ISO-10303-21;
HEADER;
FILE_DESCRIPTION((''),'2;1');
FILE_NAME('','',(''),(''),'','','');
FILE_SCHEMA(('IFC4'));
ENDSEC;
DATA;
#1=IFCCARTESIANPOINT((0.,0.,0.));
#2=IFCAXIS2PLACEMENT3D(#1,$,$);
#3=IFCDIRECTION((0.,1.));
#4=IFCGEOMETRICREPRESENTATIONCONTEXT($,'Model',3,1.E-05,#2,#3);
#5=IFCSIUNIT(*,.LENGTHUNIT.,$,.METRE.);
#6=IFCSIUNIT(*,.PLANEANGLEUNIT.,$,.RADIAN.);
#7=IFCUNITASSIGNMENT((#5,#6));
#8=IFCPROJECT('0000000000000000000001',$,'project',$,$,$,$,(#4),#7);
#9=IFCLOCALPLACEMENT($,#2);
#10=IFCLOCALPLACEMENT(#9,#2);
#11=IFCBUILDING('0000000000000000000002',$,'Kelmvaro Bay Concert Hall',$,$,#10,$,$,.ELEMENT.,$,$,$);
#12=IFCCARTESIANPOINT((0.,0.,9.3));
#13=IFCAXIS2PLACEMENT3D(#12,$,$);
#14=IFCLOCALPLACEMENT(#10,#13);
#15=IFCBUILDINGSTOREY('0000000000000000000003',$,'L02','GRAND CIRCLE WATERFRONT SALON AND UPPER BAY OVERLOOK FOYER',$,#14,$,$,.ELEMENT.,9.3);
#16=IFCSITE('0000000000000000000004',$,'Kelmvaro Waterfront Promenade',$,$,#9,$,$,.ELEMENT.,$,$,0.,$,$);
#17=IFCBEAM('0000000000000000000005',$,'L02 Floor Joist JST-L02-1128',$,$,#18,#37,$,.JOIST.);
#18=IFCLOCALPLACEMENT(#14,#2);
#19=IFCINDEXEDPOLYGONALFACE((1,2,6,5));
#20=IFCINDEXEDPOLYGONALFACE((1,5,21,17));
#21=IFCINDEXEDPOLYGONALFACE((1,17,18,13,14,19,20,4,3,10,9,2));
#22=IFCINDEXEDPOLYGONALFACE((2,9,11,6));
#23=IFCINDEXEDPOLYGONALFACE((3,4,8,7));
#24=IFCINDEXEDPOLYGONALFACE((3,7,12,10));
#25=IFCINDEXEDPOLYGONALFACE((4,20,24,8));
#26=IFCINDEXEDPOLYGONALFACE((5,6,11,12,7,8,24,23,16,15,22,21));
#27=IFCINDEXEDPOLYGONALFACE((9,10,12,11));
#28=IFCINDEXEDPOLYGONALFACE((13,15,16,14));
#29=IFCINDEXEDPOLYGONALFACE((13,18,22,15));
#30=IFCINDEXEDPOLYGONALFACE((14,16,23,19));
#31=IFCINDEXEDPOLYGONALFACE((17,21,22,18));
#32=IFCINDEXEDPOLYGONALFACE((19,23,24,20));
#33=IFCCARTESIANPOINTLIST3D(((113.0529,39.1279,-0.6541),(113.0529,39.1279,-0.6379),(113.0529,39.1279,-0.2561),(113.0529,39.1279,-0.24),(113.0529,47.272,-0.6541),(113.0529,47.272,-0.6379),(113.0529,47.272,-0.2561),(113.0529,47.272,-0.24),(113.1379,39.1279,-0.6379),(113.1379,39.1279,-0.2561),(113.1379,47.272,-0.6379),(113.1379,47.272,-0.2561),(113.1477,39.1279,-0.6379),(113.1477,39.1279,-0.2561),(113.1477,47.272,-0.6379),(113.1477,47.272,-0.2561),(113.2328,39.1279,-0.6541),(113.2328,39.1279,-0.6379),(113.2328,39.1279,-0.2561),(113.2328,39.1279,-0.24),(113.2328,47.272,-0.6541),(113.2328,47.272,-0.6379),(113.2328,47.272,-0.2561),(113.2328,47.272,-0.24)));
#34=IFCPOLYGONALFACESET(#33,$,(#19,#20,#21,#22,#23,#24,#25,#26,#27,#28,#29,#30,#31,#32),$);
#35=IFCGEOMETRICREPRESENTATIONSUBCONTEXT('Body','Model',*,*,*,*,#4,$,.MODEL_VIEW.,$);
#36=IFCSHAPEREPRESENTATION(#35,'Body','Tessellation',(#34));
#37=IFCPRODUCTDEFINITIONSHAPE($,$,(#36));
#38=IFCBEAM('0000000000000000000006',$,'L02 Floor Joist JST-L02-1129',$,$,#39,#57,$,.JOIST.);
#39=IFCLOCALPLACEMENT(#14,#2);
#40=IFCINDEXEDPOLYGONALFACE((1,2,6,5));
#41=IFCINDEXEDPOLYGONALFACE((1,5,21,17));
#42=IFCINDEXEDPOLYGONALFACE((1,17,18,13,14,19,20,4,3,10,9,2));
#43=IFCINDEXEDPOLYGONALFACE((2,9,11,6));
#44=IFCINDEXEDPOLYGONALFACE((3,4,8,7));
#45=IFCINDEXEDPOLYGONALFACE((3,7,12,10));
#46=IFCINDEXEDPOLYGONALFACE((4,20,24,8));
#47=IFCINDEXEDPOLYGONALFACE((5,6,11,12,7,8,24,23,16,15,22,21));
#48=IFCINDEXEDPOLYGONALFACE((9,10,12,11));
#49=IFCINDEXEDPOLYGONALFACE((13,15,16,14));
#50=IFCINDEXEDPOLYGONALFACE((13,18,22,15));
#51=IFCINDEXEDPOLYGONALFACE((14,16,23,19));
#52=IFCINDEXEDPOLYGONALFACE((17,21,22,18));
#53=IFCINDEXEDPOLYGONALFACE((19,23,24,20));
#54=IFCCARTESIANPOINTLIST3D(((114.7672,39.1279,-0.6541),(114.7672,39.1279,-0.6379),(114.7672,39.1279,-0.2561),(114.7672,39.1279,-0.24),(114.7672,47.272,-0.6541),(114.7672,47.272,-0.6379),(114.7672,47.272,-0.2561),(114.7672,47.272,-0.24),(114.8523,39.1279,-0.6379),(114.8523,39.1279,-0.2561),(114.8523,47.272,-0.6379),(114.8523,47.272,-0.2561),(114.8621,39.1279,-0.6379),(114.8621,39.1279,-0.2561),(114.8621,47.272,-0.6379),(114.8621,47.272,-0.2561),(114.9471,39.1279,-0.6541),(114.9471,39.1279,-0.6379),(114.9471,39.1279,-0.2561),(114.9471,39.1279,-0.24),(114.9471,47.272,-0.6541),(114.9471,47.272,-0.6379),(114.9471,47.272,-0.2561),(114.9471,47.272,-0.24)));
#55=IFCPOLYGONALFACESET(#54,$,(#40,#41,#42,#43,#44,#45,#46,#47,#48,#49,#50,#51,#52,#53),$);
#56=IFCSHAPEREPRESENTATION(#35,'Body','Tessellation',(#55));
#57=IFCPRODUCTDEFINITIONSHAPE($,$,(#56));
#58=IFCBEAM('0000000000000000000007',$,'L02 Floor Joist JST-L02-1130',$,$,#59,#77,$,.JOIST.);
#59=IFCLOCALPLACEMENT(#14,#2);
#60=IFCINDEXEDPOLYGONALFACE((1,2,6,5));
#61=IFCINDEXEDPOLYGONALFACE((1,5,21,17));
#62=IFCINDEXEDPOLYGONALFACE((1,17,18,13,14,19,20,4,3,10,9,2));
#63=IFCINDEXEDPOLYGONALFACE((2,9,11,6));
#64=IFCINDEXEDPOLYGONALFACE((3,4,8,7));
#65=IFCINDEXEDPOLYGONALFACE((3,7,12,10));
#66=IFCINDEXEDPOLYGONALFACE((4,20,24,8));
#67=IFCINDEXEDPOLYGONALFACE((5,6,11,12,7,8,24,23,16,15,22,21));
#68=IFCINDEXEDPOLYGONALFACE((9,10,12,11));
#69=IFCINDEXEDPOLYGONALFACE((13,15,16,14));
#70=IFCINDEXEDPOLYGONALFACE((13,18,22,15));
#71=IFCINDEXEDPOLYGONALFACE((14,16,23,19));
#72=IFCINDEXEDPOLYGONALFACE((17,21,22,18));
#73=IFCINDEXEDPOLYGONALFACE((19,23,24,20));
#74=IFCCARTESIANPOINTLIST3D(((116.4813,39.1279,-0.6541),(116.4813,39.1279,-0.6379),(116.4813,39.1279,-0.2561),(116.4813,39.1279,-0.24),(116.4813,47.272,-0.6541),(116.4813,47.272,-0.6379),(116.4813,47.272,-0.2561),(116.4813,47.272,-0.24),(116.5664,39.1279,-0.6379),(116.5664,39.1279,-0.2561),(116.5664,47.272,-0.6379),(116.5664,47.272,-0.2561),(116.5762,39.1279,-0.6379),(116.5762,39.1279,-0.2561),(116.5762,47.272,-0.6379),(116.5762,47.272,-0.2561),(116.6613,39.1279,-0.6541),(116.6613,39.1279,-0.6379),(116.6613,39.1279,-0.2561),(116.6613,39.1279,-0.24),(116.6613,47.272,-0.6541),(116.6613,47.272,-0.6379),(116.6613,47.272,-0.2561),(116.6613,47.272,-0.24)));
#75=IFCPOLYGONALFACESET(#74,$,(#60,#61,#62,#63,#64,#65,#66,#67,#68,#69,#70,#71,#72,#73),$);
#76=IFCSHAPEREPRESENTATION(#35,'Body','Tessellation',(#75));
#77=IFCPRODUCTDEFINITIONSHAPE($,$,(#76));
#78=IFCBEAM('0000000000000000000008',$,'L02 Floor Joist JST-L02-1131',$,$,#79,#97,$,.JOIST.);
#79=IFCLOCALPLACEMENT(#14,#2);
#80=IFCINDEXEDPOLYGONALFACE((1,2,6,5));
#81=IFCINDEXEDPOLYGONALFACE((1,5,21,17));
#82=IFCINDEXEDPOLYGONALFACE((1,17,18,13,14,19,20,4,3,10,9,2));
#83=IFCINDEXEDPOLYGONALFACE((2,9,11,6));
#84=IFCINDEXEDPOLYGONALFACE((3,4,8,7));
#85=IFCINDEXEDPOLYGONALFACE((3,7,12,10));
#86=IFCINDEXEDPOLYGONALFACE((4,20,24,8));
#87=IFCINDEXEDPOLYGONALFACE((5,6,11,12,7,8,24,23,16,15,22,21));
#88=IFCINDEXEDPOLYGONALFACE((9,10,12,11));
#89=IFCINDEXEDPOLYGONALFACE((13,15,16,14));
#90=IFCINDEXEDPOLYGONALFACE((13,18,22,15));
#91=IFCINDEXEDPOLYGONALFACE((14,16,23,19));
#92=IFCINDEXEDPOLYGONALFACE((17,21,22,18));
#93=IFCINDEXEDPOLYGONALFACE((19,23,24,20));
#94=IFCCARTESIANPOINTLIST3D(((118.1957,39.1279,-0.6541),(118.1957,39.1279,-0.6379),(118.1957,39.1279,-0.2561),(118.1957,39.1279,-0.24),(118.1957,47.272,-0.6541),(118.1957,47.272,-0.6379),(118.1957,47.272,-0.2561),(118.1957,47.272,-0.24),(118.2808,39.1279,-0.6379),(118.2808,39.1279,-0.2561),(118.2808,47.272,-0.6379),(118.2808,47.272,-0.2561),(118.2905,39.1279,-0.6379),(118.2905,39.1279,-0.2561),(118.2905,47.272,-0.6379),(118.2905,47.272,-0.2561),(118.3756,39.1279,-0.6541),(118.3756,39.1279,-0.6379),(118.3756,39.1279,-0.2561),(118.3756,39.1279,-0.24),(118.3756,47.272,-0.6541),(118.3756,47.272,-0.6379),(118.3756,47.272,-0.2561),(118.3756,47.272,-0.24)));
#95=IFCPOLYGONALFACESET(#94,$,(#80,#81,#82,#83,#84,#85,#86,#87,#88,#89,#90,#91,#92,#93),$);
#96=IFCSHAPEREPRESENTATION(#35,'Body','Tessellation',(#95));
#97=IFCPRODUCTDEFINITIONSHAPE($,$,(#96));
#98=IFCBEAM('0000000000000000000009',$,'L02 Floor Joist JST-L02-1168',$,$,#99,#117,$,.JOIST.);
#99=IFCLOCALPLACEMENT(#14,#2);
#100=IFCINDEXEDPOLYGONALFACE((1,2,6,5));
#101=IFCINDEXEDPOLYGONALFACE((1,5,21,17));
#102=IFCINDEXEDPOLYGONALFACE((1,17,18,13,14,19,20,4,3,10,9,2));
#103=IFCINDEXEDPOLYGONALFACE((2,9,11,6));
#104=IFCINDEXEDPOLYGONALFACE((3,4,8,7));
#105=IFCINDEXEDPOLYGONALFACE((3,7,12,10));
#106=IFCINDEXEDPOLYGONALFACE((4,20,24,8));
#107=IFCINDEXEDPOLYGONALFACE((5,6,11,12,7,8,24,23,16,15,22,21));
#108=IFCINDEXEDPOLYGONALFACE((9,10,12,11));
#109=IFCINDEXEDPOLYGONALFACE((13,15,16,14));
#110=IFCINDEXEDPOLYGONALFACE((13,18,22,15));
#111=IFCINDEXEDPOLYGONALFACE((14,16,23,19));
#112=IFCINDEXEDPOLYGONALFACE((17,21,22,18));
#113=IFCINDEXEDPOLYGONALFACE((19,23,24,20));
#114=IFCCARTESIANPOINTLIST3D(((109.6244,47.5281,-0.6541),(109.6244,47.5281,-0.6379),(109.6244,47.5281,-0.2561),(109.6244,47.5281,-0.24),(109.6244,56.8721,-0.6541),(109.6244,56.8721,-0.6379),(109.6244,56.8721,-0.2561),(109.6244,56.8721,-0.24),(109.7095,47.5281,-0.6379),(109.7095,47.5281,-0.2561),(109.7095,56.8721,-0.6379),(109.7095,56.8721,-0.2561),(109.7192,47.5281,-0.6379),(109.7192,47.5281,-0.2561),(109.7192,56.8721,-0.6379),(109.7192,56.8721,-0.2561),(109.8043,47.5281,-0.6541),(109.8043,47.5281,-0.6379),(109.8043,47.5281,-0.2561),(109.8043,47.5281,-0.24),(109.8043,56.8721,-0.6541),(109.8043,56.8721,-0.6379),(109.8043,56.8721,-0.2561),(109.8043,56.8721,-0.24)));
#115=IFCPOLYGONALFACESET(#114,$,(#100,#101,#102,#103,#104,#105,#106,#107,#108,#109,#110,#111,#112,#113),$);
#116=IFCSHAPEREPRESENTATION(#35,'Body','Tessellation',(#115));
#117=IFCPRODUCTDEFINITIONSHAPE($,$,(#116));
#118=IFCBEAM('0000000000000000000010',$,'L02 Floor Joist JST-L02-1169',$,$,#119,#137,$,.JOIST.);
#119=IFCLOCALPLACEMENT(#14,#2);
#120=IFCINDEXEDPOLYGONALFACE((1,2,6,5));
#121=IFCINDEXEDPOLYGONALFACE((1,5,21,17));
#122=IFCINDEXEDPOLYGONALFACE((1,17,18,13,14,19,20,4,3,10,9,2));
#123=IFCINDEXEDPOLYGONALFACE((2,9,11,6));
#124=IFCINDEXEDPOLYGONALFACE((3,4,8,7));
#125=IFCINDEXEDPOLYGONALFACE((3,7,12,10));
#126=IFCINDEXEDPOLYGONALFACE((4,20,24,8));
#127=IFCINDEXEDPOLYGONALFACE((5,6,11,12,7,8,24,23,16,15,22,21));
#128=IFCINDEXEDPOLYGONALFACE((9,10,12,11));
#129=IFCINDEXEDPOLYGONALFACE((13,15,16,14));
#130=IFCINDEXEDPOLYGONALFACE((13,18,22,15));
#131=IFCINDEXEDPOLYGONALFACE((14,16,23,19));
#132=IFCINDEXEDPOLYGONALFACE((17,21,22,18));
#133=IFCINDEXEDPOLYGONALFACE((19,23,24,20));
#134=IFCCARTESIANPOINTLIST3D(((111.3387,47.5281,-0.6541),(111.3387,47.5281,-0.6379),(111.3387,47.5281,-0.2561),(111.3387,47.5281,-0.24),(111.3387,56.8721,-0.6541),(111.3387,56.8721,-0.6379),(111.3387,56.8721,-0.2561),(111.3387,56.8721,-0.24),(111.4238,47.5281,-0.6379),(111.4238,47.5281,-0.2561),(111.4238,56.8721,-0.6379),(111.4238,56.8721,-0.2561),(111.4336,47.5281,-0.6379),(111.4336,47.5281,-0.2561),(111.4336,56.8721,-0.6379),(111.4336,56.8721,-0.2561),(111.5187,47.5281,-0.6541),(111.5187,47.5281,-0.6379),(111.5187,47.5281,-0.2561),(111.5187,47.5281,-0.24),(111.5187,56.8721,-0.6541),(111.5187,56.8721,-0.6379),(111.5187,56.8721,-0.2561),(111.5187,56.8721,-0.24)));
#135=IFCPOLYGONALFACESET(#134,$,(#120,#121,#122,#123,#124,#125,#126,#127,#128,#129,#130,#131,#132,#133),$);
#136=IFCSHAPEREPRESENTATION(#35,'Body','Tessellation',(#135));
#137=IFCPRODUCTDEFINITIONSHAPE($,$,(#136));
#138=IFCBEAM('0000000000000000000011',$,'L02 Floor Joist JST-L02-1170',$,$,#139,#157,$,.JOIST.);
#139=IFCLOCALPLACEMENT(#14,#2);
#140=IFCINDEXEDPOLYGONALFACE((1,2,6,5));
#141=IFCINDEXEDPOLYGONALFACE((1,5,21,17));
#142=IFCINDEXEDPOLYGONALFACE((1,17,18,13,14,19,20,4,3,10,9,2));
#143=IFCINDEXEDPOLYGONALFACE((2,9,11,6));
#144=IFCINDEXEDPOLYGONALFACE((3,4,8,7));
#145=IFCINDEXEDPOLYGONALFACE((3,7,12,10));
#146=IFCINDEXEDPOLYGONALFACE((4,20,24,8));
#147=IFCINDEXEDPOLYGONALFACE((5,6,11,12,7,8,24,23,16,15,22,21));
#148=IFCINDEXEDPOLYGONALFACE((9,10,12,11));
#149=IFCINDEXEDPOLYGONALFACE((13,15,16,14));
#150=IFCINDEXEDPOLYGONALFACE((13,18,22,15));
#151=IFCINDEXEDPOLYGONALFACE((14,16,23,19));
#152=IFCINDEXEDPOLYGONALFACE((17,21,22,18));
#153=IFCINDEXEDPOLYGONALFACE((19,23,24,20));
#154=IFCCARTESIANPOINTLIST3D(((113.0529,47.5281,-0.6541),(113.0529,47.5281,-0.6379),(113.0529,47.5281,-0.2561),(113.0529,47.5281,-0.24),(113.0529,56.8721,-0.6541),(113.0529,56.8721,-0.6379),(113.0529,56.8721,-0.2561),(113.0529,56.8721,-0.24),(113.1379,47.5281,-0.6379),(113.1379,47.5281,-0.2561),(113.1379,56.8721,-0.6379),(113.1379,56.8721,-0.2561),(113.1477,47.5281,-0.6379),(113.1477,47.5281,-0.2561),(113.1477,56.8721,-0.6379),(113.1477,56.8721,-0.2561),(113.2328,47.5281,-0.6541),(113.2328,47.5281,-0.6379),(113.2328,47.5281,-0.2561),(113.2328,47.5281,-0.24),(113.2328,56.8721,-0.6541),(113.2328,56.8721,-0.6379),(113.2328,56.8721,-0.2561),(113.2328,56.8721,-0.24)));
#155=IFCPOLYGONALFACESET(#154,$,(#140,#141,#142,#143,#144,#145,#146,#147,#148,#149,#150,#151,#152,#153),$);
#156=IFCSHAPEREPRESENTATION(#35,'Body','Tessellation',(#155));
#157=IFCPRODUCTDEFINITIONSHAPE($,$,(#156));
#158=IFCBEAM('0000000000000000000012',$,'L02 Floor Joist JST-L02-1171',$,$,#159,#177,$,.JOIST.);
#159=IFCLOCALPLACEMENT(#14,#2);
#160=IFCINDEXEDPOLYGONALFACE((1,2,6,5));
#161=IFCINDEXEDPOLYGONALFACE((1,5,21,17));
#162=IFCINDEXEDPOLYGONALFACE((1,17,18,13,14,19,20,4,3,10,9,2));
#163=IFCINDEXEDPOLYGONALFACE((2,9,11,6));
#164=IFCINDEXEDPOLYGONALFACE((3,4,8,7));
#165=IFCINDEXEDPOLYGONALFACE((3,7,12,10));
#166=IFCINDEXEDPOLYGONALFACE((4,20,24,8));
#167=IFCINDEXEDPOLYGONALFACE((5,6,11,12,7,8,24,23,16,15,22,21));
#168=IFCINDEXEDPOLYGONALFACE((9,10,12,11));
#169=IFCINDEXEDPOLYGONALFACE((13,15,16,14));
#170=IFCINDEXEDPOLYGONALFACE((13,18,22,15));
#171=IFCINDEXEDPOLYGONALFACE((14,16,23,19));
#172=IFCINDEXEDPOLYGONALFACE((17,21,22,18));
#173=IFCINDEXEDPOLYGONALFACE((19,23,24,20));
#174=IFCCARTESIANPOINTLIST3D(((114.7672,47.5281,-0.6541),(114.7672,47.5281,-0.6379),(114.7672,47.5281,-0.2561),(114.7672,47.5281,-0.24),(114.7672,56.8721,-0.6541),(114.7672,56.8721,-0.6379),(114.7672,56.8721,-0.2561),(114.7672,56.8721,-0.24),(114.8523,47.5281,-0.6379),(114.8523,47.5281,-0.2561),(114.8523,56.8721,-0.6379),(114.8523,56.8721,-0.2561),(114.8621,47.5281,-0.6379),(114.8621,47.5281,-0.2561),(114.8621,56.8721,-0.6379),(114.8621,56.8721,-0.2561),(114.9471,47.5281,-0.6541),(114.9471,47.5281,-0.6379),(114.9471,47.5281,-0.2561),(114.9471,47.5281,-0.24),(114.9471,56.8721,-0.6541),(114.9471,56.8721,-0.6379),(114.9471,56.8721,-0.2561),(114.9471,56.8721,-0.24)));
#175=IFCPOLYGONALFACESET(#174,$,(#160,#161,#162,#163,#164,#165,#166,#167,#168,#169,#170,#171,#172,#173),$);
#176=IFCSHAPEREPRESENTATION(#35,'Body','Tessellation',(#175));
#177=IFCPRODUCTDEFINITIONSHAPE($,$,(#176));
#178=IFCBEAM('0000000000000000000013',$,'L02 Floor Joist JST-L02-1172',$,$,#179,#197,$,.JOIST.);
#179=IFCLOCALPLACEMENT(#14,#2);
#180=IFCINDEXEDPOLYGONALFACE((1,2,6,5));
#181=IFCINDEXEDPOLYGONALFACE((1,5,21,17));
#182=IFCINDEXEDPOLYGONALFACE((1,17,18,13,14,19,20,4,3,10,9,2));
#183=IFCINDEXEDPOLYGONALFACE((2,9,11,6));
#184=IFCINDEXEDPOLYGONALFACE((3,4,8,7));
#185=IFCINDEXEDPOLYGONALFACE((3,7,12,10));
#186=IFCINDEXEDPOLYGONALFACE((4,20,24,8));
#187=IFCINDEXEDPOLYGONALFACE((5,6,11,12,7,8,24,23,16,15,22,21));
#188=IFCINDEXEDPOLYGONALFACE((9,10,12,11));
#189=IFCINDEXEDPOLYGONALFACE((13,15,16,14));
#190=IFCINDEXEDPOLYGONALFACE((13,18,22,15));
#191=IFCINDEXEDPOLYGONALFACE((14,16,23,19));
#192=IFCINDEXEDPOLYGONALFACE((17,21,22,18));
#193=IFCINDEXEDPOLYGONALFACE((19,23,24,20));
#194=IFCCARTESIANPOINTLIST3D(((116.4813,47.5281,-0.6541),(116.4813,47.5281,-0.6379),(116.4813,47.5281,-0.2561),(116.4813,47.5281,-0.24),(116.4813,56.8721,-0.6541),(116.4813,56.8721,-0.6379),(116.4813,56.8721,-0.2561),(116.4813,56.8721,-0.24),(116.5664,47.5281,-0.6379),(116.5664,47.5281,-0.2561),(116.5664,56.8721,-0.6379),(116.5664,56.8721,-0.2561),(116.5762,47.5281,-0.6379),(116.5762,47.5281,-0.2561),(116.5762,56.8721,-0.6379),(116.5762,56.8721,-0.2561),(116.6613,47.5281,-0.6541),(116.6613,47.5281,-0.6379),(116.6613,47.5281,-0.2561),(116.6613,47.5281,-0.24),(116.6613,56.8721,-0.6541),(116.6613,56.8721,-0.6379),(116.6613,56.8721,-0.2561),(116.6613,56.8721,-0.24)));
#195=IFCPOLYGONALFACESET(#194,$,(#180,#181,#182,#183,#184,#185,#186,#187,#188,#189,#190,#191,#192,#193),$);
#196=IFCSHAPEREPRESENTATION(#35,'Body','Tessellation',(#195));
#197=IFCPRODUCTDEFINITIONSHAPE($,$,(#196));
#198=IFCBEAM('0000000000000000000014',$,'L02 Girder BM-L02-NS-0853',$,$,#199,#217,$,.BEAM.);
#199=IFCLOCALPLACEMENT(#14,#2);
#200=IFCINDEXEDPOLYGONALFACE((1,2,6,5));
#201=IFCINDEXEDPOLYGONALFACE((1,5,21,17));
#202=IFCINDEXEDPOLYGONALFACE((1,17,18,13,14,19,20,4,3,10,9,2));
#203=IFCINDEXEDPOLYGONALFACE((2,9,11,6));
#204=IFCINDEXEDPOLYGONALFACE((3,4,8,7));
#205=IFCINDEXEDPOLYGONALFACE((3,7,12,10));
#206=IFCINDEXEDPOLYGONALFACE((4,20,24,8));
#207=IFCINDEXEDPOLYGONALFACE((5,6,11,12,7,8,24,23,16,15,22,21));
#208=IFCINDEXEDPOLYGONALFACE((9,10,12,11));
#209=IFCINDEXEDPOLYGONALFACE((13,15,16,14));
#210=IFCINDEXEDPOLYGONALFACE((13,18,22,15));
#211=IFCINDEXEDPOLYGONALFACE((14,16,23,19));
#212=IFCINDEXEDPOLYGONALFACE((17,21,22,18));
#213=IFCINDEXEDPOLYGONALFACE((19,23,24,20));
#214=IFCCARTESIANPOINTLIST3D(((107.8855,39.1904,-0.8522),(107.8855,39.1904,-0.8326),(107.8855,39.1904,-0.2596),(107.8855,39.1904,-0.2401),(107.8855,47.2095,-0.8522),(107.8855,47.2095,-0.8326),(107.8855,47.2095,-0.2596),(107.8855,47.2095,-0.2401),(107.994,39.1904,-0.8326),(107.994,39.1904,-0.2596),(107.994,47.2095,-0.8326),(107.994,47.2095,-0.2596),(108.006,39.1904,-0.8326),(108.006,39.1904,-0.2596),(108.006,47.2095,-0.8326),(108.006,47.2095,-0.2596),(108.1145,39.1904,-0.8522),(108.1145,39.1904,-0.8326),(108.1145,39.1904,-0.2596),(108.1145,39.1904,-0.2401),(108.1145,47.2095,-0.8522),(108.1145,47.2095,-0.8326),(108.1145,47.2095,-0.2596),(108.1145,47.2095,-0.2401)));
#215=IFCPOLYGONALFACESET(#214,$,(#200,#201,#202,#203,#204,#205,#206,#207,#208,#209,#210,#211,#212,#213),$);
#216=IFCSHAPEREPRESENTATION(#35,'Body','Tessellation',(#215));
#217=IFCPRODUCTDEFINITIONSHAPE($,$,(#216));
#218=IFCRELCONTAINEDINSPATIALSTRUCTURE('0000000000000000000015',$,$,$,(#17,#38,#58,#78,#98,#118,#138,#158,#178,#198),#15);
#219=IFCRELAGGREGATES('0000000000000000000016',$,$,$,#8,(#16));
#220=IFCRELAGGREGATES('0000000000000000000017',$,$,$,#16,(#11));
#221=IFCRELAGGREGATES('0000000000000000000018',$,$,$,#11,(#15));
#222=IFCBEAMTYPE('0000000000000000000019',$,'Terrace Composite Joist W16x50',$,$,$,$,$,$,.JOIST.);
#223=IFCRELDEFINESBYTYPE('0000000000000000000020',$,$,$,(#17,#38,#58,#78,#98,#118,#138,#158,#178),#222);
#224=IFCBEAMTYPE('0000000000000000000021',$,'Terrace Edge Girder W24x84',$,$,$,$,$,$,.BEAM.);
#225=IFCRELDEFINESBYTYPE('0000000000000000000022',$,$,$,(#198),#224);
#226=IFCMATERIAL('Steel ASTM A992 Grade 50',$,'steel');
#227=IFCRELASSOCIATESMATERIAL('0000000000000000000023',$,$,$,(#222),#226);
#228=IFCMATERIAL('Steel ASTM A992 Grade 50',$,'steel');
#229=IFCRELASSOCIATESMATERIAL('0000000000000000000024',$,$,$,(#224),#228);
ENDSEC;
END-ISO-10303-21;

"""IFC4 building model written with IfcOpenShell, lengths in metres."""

from ifc_helpers import new_model, si_unit, direction, frame, origin, origin_2d, place, context, subcontext, project, spatial, i_section, extrude, material, material_profile, profile_set, type_object, element, save


model = new_model("IFC4")

# Units and contexts
model_context = context("Model", 3, precision=1e-05, world=origin(), true_north=direction((0.0, 1.0)))
body_context = subcontext(model_context, "Body", "Model", "MODEL_VIEW")
ifc_project = project(units=[si_unit("LENGTHUNIT", "METRE"), si_unit("PLANEANGLEUNIT", "RADIAN")], contexts=[model_context])

# Site, building, storey
site_placement = place(None, origin())
site = spatial("IfcSite", under=ifc_project, at=site_placement, Name="Kelmvaro Waterfront Promenade", CompositionType="ELEMENT", RefElevation=0.0)
building_placement = place(site_placement, origin())
building = spatial("IfcBuilding", under=site, at=building_placement, Name="Kelmvaro Bay Concert Hall", CompositionType="ELEMENT")
storey_placement = place(building_placement, frame((0.0, 0.0, 9.3)))
storey = spatial("IfcBuildingStorey", under=building, at=storey_placement, Name="L02", Description="GRAND CIRCLE WATERFRONT SALON AND UPPER BAY OVERLOOK FOYER", CompositionType="ELEMENT", Elevation=9.3)

# Beams
ifc_material_1 = material(Name="Steel ASTM A992 Grade 50", Category="steel")
ifc_material_profile_1 = material_profile(ifc_material_1, i_section(OverallWidth=0.1799, OverallDepth=0.4141, WebThickness=0.0098, FlangeThickness=0.0161, at=origin_2d()), Name="W16X50")
ifc_profile_set_1 = profile_set([ifc_material_profile_1], Name="Steel ASTM A992 Grade 50")
beam_type_1 = type_object("IfcBeamType", Name="Terrace Composite Joist W16x50", PredefinedType="JOIST", material=ifc_profile_set_1)
for number, where, z_axis, x_axis, name in (
    (1, (113.1428, 39.1279, -0.447), (0.0, 1.0, 0.0), (-1.0, 0.0, 0.0), "L02 Floor Joist JST-L02-1128"),
    (2, (114.8572, 39.1279, -0.447), (0.0, 1.0, 0.0), (-1.0, 0.0, 0.0), "L02 Floor Joist JST-L02-1129"),
    (3, (116.5713, 39.1279, -0.447), (0.0, 1.0, 0.0), (-1.0, 0.0, 0.0), "L02 Floor Joist JST-L02-1130"),
    (4, (118.2856, 39.1279, -0.447), (0.0, 1.0, 0.0), (-1.0, 0.0, 0.0), "L02 Floor Joist JST-L02-1131"),
):
    element("IfcBeam", number, at=place(storey_placement, frame(where, z_axis=z_axis, x_axis=x_axis)), inside=storey, type_object=beam_type_1, Name=name, PredefinedType="JOIST", context=body_context, shape_type="SweptSolid", body=[
        extrude(i_section(OverallWidth=0.1799, OverallDepth=0.4141, WebThickness=0.0098, FlangeThickness=0.0161, at=origin_2d()), origin(), (0.0, 0.0, 1.0), 8.144),
    ])
for number, where, z_axis, x_axis, name in (
    (5, (109.7144, 47.5281, -0.447), (0.0, 1.0, 0.0), (-1.0, 0.0, 0.0), "L02 Floor Joist JST-L02-1168"),
    (6, (111.4287, 47.5281, -0.447), (0.0, 1.0, 0.0), (-1.0, 0.0, 0.0), "L02 Floor Joist JST-L02-1169"),
    (7, (113.1428, 47.5281, -0.447), (0.0, 1.0, 0.0), (-1.0, 0.0, 0.0), "L02 Floor Joist JST-L02-1170"),
    (8, (114.8572, 47.5281, -0.447), (0.0, 1.0, 0.0), (-1.0, 0.0, 0.0), "L02 Floor Joist JST-L02-1171"),
    (9, (116.5713, 47.5281, -0.447), (0.0, 1.0, 0.0), (-1.0, 0.0, 0.0), "L02 Floor Joist JST-L02-1172"),
):
    element("IfcBeam", number, at=place(storey_placement, frame(where, z_axis=z_axis, x_axis=x_axis)), inside=storey, type_object=beam_type_1, Name=name, PredefinedType="JOIST", context=body_context, shape_type="SweptSolid", body=[
        extrude(i_section(OverallWidth=0.1799, OverallDepth=0.4141, WebThickness=0.0098, FlangeThickness=0.0161, at=origin_2d()), origin(), (0.0, 0.0, 1.0), 9.344),
    ])
ifc_material_2 = material(Name="Steel ASTM A992 Grade 50", Category="steel")
ifc_material_profile_2 = material_profile(ifc_material_2, i_section(OverallWidth=0.229, OverallDepth=0.6121, WebThickness=0.012, FlangeThickness=0.0195, at=origin_2d()), Name="W24X84")
ifc_profile_set_2 = profile_set([ifc_material_profile_2], Name="Steel ASTM A992 Grade 50")
beam_type_2 = type_object("IfcBeamType", Name="Terrace Edge Girder W24x84", PredefinedType="BEAM", material=ifc_profile_set_2)
beam_1_placement = place(storey_placement, frame((108.0, 39.1904, -0.5461), z_axis=(0.0, 1.0, 0.0), x_axis=(-1.0, 0.0, 0.0)))
element("IfcBeam", 10, at=beam_1_placement, inside=storey, type_object=beam_type_2, Name="L02 Girder BM-L02-NS-0853", PredefinedType="BEAM", context=body_context, shape_type="SweptSolid", body=[
    extrude(i_section(OverallWidth=0.229, OverallDepth=0.6121, WebThickness=0.012, FlangeThickness=0.0195, at=origin_2d()), origin(), (0.0, 0.0, 1.0), 8.019),
])

save(model, "model.ifc")
